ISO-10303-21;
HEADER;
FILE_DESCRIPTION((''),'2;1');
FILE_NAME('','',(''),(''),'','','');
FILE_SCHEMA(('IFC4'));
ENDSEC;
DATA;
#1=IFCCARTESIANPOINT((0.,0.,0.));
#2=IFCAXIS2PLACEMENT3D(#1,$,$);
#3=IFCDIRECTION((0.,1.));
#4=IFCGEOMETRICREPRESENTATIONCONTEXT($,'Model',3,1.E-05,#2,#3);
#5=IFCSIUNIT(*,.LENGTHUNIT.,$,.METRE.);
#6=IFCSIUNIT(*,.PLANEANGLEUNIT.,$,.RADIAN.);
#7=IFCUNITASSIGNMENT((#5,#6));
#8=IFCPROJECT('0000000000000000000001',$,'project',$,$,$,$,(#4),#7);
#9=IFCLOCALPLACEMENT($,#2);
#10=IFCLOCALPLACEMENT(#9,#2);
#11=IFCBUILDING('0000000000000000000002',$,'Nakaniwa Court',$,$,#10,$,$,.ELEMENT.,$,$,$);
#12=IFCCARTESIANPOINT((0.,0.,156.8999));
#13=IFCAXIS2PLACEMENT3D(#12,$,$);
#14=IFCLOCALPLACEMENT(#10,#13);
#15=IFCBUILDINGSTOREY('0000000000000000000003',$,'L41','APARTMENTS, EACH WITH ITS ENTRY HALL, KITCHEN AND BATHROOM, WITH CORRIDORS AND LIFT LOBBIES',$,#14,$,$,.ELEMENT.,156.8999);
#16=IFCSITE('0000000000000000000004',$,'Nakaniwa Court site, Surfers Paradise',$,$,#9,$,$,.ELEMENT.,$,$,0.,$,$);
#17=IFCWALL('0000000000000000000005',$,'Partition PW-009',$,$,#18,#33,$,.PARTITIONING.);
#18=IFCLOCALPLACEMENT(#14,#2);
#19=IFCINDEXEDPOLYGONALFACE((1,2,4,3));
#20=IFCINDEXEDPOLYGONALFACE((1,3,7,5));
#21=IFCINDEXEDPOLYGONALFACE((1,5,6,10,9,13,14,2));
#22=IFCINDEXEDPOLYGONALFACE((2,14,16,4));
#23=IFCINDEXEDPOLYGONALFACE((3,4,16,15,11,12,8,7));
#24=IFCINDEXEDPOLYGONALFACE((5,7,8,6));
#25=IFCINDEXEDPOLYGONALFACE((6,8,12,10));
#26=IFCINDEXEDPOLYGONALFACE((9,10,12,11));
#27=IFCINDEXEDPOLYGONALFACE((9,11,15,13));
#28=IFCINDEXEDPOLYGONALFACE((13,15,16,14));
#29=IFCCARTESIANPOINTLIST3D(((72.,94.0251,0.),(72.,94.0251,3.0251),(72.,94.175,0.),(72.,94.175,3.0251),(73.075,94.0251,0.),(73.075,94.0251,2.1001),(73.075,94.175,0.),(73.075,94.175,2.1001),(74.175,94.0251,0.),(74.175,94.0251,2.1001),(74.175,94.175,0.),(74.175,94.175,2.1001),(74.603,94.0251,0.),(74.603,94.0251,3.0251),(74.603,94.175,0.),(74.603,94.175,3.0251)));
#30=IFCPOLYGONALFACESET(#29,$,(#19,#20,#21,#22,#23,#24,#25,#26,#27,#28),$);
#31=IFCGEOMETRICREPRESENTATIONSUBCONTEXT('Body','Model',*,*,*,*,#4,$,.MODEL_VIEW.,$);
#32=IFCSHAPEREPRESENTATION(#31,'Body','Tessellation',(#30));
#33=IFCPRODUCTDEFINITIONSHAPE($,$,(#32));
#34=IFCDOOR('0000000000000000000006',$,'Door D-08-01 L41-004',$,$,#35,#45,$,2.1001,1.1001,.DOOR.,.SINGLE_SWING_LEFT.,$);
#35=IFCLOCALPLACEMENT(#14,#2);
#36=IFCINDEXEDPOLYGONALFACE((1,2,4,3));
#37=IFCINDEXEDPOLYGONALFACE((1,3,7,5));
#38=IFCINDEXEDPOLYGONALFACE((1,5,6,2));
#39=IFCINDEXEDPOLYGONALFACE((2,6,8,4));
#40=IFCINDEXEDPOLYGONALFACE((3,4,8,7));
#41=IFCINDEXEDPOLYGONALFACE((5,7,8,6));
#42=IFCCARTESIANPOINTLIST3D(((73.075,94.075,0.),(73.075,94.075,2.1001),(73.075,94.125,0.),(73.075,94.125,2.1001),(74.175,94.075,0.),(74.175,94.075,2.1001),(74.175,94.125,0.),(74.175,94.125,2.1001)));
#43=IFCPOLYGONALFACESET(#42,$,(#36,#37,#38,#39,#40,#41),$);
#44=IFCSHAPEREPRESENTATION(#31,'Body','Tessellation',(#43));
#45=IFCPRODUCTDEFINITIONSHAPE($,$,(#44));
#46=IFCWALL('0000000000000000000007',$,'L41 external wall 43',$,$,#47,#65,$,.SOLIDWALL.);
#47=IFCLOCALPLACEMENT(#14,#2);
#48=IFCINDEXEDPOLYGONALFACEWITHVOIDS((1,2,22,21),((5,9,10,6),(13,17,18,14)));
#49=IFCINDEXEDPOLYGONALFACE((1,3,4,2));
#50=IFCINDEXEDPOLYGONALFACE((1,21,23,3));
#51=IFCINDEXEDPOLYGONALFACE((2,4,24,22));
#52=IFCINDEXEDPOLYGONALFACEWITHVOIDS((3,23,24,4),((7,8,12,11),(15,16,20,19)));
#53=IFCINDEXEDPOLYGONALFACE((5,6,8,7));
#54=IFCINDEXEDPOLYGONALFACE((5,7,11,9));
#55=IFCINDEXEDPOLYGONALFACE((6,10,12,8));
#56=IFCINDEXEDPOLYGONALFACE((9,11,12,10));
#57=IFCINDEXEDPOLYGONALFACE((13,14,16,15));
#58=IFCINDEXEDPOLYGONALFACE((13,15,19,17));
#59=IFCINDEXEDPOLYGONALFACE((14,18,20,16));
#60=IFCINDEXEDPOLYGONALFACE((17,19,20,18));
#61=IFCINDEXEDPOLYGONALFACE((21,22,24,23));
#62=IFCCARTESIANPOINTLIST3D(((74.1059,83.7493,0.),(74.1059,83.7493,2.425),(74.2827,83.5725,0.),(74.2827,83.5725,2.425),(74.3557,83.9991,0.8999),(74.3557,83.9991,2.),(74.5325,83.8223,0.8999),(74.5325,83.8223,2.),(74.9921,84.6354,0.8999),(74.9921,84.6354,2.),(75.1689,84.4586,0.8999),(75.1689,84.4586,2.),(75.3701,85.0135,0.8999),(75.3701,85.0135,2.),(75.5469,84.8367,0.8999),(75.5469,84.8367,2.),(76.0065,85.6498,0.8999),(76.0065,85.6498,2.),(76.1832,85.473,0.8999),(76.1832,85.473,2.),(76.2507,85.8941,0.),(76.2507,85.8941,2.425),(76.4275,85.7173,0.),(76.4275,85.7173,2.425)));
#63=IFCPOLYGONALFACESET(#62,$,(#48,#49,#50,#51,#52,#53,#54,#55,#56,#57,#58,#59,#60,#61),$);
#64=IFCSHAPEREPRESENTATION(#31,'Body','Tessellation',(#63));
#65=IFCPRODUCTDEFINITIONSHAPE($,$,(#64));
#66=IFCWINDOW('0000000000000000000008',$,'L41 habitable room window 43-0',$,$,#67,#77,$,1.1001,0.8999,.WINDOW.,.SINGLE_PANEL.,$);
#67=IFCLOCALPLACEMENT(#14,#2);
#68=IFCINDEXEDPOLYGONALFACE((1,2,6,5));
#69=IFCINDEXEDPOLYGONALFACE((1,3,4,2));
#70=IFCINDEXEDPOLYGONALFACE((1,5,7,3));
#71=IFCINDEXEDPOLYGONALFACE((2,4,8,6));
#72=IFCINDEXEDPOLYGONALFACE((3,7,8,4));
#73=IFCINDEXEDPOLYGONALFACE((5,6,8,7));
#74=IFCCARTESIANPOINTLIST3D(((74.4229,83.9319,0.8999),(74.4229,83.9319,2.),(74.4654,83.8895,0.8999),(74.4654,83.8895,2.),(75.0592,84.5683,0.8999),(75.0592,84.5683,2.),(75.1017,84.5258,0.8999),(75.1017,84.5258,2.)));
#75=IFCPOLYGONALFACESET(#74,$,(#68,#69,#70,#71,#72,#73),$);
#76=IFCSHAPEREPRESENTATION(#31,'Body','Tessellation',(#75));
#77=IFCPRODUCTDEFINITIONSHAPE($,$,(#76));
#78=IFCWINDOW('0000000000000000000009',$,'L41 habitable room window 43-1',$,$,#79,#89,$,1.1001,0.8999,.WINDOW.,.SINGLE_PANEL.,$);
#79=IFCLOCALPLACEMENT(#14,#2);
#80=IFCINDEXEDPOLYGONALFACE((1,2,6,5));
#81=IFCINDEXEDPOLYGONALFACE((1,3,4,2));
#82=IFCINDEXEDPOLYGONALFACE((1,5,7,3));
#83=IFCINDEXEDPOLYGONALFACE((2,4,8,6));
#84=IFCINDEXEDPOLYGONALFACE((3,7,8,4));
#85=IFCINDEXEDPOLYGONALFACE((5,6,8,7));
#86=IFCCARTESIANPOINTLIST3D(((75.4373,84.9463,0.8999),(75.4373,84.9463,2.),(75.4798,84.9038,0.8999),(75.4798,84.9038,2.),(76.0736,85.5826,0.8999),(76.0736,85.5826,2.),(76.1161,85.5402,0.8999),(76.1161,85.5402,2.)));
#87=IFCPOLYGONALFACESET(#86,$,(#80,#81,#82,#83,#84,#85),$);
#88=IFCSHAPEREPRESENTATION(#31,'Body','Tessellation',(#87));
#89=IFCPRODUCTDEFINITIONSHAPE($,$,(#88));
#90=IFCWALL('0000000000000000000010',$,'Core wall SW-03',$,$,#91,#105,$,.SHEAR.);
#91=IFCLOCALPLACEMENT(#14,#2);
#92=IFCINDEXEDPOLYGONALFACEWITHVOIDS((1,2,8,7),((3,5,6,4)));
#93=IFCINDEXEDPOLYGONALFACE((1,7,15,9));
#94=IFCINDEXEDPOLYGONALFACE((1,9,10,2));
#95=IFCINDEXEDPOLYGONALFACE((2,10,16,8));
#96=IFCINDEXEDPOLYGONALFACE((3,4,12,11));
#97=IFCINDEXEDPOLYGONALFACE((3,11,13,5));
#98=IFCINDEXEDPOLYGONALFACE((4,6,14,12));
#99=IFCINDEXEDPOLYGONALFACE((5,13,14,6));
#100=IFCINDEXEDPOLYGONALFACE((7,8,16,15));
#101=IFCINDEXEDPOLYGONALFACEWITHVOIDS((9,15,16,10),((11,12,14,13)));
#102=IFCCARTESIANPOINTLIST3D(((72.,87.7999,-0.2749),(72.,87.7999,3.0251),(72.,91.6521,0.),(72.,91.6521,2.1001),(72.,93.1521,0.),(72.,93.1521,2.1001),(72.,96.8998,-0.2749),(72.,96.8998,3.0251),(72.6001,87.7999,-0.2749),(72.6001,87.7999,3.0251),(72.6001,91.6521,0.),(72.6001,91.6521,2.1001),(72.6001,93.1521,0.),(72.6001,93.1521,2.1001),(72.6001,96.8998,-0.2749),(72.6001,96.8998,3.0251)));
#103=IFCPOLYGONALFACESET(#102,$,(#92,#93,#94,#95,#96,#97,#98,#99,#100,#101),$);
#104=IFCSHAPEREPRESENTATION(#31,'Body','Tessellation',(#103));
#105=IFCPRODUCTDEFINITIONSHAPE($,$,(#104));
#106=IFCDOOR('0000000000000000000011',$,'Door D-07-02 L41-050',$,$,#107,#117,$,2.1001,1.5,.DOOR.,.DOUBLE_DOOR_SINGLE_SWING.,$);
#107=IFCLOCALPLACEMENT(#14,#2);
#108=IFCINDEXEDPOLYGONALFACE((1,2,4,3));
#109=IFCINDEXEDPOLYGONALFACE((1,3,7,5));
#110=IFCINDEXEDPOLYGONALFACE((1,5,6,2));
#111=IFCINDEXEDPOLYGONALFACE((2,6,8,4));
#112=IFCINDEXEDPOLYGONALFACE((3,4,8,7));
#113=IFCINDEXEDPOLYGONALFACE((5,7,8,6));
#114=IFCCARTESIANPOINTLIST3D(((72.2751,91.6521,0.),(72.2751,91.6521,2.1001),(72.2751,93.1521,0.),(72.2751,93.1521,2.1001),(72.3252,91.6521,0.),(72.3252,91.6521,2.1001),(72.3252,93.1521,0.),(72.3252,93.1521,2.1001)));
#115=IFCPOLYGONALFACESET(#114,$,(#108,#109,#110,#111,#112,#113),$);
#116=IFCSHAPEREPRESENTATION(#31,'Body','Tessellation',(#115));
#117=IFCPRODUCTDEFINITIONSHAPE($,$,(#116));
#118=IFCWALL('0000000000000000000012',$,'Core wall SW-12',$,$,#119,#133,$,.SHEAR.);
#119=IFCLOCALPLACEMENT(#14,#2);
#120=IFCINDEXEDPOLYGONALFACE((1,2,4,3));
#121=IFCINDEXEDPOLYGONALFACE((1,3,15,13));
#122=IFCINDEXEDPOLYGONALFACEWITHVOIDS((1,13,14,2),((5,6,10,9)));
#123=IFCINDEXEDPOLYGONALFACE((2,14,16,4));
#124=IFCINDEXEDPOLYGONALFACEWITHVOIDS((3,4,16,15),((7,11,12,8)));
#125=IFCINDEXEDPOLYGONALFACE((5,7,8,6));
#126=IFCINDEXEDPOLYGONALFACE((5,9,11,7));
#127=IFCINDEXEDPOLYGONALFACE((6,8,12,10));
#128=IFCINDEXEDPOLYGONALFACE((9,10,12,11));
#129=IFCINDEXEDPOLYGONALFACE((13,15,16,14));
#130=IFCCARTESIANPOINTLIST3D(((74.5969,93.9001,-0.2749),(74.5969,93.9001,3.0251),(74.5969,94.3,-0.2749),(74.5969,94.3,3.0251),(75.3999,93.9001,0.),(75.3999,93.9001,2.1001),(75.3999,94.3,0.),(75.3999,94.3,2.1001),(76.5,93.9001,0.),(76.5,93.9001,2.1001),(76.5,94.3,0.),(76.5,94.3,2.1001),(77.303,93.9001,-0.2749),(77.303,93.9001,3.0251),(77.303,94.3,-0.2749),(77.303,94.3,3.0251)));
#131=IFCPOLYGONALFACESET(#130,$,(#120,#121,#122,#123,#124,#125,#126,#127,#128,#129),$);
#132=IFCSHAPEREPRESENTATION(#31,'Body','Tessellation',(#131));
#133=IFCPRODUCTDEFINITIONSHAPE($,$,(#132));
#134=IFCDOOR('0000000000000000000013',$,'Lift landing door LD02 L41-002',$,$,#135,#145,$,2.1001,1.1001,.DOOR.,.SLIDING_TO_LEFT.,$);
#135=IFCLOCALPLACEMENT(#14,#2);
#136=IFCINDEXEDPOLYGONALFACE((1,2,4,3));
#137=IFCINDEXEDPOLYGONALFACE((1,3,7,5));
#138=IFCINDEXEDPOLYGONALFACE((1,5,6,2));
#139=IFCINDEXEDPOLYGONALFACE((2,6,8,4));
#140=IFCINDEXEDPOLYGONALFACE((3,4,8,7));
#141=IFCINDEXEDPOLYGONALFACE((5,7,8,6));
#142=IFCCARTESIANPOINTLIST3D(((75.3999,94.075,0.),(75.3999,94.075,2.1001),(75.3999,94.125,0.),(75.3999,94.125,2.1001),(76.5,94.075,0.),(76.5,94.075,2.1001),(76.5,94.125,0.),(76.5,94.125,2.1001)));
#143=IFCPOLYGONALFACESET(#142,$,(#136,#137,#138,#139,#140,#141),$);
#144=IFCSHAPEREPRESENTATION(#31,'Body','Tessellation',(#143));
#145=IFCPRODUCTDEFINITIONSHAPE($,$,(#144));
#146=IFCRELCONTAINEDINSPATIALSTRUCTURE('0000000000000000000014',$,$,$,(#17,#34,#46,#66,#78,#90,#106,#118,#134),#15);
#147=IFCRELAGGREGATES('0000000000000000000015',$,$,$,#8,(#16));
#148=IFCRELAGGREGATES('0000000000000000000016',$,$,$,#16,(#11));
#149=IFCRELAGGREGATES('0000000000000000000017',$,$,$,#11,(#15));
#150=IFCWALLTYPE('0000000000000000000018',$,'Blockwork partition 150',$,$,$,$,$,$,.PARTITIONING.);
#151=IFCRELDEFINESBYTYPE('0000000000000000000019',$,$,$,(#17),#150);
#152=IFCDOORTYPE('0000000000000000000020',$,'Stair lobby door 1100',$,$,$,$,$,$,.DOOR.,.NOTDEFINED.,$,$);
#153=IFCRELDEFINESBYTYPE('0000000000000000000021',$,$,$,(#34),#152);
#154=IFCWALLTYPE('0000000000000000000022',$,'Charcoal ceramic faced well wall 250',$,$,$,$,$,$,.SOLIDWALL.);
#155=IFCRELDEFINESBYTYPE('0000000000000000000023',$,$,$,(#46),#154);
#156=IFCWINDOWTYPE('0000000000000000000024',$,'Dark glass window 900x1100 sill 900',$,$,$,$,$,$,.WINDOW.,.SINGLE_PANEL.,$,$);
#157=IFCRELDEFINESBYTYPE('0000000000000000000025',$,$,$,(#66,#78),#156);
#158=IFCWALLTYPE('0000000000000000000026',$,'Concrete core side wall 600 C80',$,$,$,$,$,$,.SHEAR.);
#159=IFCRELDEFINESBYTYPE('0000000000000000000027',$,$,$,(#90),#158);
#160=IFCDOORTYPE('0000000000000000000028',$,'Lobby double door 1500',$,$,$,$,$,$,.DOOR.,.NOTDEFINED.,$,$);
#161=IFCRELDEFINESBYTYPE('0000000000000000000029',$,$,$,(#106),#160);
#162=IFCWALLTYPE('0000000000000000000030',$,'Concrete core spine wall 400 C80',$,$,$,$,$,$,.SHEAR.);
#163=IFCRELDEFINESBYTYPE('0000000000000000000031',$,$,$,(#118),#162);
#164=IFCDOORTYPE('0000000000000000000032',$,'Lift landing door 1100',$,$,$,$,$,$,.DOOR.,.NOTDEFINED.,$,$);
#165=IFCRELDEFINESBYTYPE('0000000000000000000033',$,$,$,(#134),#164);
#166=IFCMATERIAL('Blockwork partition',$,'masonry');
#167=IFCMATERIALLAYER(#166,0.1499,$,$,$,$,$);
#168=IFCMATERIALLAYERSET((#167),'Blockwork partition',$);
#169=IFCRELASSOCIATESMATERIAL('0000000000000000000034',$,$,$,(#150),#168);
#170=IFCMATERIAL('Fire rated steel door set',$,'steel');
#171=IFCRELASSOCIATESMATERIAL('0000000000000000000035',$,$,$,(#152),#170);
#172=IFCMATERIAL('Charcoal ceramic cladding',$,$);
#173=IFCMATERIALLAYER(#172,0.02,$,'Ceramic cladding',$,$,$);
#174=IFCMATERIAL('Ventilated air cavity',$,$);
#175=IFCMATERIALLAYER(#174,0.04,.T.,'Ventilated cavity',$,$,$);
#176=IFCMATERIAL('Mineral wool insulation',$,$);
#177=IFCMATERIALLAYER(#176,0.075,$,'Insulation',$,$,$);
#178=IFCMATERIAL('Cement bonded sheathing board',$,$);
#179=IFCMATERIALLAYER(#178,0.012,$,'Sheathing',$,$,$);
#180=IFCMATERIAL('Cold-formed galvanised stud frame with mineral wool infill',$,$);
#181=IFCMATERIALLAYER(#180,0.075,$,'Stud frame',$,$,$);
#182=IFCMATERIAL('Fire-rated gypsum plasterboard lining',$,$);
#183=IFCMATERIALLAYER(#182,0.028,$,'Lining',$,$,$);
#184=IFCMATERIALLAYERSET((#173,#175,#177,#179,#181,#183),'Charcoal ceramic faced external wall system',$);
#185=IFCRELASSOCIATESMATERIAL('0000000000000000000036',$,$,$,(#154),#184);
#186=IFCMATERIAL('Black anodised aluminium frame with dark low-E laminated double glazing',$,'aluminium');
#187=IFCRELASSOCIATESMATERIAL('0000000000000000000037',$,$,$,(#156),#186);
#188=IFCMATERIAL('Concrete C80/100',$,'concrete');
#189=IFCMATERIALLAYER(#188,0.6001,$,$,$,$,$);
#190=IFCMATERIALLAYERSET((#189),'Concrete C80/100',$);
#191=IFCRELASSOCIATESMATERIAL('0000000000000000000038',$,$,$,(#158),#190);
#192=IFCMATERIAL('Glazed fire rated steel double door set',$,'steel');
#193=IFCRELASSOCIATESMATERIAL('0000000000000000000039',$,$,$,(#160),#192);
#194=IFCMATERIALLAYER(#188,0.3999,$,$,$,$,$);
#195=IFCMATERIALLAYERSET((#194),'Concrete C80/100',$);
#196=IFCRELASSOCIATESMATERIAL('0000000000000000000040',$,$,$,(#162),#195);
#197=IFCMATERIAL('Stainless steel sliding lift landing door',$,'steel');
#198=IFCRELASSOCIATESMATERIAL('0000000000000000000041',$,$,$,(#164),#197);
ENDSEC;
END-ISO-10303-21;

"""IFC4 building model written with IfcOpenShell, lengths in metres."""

from ifc_helpers import new_model, si_unit, direction, frame, frame_2d, origin, place, context, subcontext, project, spatial, rectangle, extrude, material, layer, layer_set, type_object, element, fill, save


model = new_model("IFC4")

# Units and contexts
model_context = context("Model", 3, precision=1e-05, world=origin(), true_north=direction((0.0, 1.0)))
body_context = subcontext(model_context, "Body", "Model", "MODEL_VIEW")
ifc_project = project(units=[si_unit("LENGTHUNIT", "METRE"), si_unit("PLANEANGLEUNIT", "RADIAN")], contexts=[model_context])

# Site, building, storey
site_placement = place(None, origin())
site = spatial("IfcSite", under=ifc_project, at=site_placement, Name="Nakaniwa Court site, Surfers Paradise", CompositionType="ELEMENT", RefElevation=0.0)
building_placement = place(site_placement, origin())
building = spatial("IfcBuilding", under=site, at=building_placement, Name="Nakaniwa Court", CompositionType="ELEMENT")
storey_placement = place(building_placement, frame((0.0, 0.0, 156.8999)))
storey = spatial("IfcBuildingStorey", under=building, at=storey_placement, Name="L41", Description="APARTMENTS, EACH WITH ITS ENTRY HALL, KITCHEN AND BATHROOM, WITH CORRIDORS AND LIFT LOBBIES", CompositionType="ELEMENT", Elevation=156.8999)

# Shared definitions
ifc_material_1 = material(Name="Concrete C80/100", Category="concrete")

# Shared definitions
ifc_material_2 = material(Name="Blockwork partition", Category="masonry")
ifc_layer_1 = layer(ifc_material_2, 0.1499)
ifc_layer_set_1 = layer_set([ifc_layer_1], Name="Blockwork partition")
wall_type_1 = type_object("IfcWallType", Name="Blockwork partition 150", PredefinedType="PARTITIONING", material=ifc_layer_set_1)

# Wall, opening, door
wall_1_placement = place(storey_placement, frame((72.0, 94.1001, 0.0), z_axis=(0.0, 0.0, 1.0), x_axis=(1.0, 0.0, 0.0)))
wall_1 = element("IfcWall", 1, at=wall_1_placement, inside=storey, type_object=wall_type_1, Name="Partition PW-009", PredefinedType="PARTITIONING", context=body_context, shape_type="SweptSolid", body=[
    extrude(rectangle(XDim=2.603, YDim=0.1499, at=frame_2d((1.3015, 0.0))), origin(), (0.0, 0.0, 1.0), 3.0251),
])
opening_1_placement = place(wall_1_placement, frame((1.075, 0.0, 0.0)))
opening_1 = element("IfcOpeningElement", 2, at=opening_1_placement, cuts=wall_1, PredefinedType="OPENING", context=body_context, shape_type="SweptSolid", body=[
    extrude(rectangle(XDim=1.1001, YDim=2.1001, at=frame_2d((0.55, 1.05))), frame((0.0, 0.085, 0.0), z_axis=(0.0, -1.0, 0.0), x_axis=(1.0, 0.0, 0.0)), (0.0, 0.0, 1.0), 0.1699),
])
ifc_material_3 = material(Name="Fire rated steel door set", Category="steel")
door_type_1 = type_object("IfcDoorType", Name="Stair lobby door 1100", OperationType="NOTDEFINED", PredefinedType="DOOR", material=ifc_material_3)
door_1_placement = place(opening_1_placement, origin())
door_1 = element("IfcDoor", 3, at=door_1_placement, inside=storey, type_object=door_type_1, Name="Door D-08-01 L41-004", OperationType="SINGLE_SWING_LEFT", OverallHeight=2.1001, OverallWidth=1.1001, PredefinedType="DOOR", context=body_context, shape_type="SweptSolid", body=[
    extrude(rectangle(XDim=1.1001, YDim=2.1001, at=frame_2d((0.55, 1.05))), frame((0.0, 0.0249, 0.0), z_axis=(0.0, -1.0, 0.0), x_axis=(1.0, 0.0, 0.0)), (0.0, 0.0, 1.0), 0.05),
])
fill(opening_1, door_1)

# Wall, openings, windows
ifc_material_4 = material(Name="Charcoal ceramic cladding")
ifc_layer_2 = layer(ifc_material_4, 0.02, Name="Ceramic cladding")
ifc_material_5 = material(Name="Ventilated air cavity")
ifc_layer_3 = layer(ifc_material_5, 0.04, ventilated=True, Name="Ventilated cavity")
ifc_material_6 = material(Name="Mineral wool insulation")
ifc_layer_4 = layer(ifc_material_6, 0.075, Name="Insulation")
ifc_material_7 = material(Name="Cement bonded sheathing board")
ifc_layer_5 = layer(ifc_material_7, 0.012, Name="Sheathing")
ifc_material_8 = material(Name="Cold-formed galvanised stud frame with mineral wool infill")
ifc_layer_6 = layer(ifc_material_8, 0.075, Name="Stud frame")
ifc_material_9 = material(Name="Fire-rated gypsum plasterboard lining")
ifc_layer_7 = layer(ifc_material_9, 0.028, Name="Lining")
ifc_layer_set_2 = layer_set([ifc_layer_2, ifc_layer_3, ifc_layer_4, ifc_layer_5, ifc_layer_6, ifc_layer_7], Name="Charcoal ceramic faced external wall system")
wall_type_2 = type_object("IfcWallType", Name="Charcoal ceramic faced well wall 250", PredefinedType="SOLIDWALL", material=ifc_layer_set_2)
wall_2_placement = place(storey_placement, frame((74.1943, 83.6609, 0.0), z_axis=(0.0, 0.0, 1.0), x_axis=(0.707107, 0.707107, 0.0)))
wall_2 = element("IfcWall", 4, at=wall_2_placement, inside=storey, type_object=wall_type_2, Name="L41 external wall 43", PredefinedType="SOLIDWALL", context=body_context, shape_type="SweptSolid", body=[
    extrude(rectangle(XDim=3.0332, YDim=0.25, at=frame_2d((1.5166, 0.0))), origin(), (0.0, 0.0, 1.0), 2.425),
])
opening_2_placement = place(wall_2_placement, frame((0.3533, 0.0, 0.8999)))
opening_2 = element("IfcOpeningElement", 5, at=opening_2_placement, cuts=wall_2, PredefinedType="OPENING", context=body_context, shape_type="SweptSolid", body=[
    extrude(rectangle(XDim=0.8999, YDim=1.1001, at=frame_2d((0.45, 0.55))), frame((0.0, 0.135, 0.0), z_axis=(0.0, -1.0, 0.0), x_axis=(1.0, 0.0, 0.0)), (0.0, 0.0, 1.0), 0.27),
])
opening_3_placement = place(wall_2_placement, frame((1.7878, 0.0, 0.8999)))
opening_3 = element("IfcOpeningElement", 6, at=opening_3_placement, cuts=wall_2, PredefinedType="OPENING", context=body_context, shape_type="SweptSolid", body=[
    extrude(rectangle(XDim=0.8999, YDim=1.1001, at=frame_2d((0.45, 0.55))), frame((0.0, 0.135, 0.0), z_axis=(0.0, -1.0, 0.0), x_axis=(1.0, 0.0, 0.0)), (0.0, 0.0, 1.0), 0.27),
])
ifc_material_10 = material(Name="Black anodised aluminium frame with dark low-E laminated double glazing", Category="aluminium")
window_type = type_object("IfcWindowType", Name="Dark glass window 900x1100 sill 900", PartitioningType="SINGLE_PANEL", PredefinedType="WINDOW", material=ifc_material_10)
window_1_placement = place(opening_2_placement, origin())
window_1 = element("IfcWindow", 7, at=window_1_placement, inside=storey, type_object=window_type, Name="L41 habitable room window 43-0", OverallHeight=1.1001, OverallWidth=0.8999, PartitioningType="SINGLE_PANEL", PredefinedType="WINDOW", context=body_context, shape_type="SweptSolid", body=[
    extrude(rectangle(XDim=0.8999, YDim=1.1001, at=frame_2d((0.45, 0.55))), frame((0.0, 0.03, 0.0), z_axis=(0.0, -1.0, 0.0), x_axis=(1.0, 0.0, 0.0)), (0.0, 0.0, 1.0), 0.0601),
])
fill(opening_2, window_1)
window_2_placement = place(opening_3_placement, origin())
window_2 = element("IfcWindow", 8, at=window_2_placement, inside=storey, type_object=window_type, Name="L41 habitable room window 43-1", OverallHeight=1.1001, OverallWidth=0.8999, PartitioningType="SINGLE_PANEL", PredefinedType="WINDOW", context=body_context, shape_type="SweptSolid", body=[
    extrude(rectangle(XDim=0.8999, YDim=1.1001, at=frame_2d((0.45, 0.55))), frame((0.0, 0.03, 0.0), z_axis=(0.0, -1.0, 0.0), x_axis=(1.0, 0.0, 0.0)), (0.0, 0.0, 1.0), 0.0601),
])
fill(opening_3, window_2)

# Walls, openings, doors
ifc_layer_8 = layer(ifc_material_1, 0.6001)
ifc_layer_set_3 = layer_set([ifc_layer_8], Name="Concrete C80/100")
wall_type_3 = type_object("IfcWallType", Name="Concrete core side wall 600 C80", PredefinedType="SHEAR", material=ifc_layer_set_3)
wall_3_placement = place(storey_placement, frame((72.3, 87.8, -0.2749), z_axis=(0.0, 0.0, 1.0), x_axis=(0.0, 1.0, 0.0)))
wall_3 = element("IfcWall", 9, at=wall_3_placement, inside=storey, type_object=wall_type_3, Name="Core wall SW-03", PredefinedType="SHEAR", context=body_context, shape_type="SweptSolid", body=[
    extrude(rectangle(XDim=9.0999, YDim=0.6001, at=frame_2d((4.5498, 0.0))), origin(), (0.0, 0.0, 1.0), 3.3),
])
opening_4_placement = place(wall_3_placement, frame((3.8521, 0.0, 0.2749)))
opening_4 = element("IfcOpeningElement", 10, at=opening_4_placement, cuts=wall_3, PredefinedType="OPENING", context=body_context, shape_type="SweptSolid", body=[
    extrude(rectangle(XDim=1.5, YDim=2.1001, at=frame_2d((0.75, 1.05))), frame((0.0, 0.3101, 0.0), z_axis=(0.0, -1.0, 0.0), x_axis=(1.0, 0.0, 0.0)), (0.0, 0.0, 1.0), 0.6201),
])
ifc_material_11 = material(Name="Glazed fire rated steel double door set", Category="steel")
door_type_2 = type_object("IfcDoorType", Name="Lobby double door 1500", OperationType="NOTDEFINED", PredefinedType="DOOR", material=ifc_material_11)
door_2_placement = place(opening_4_placement, origin())
door_2 = element("IfcDoor", 11, at=door_2_placement, inside=storey, type_object=door_type_2, Name="Door D-07-02 L41-050", OperationType="DOUBLE_DOOR_SINGLE_SWING", OverallHeight=2.1001, OverallWidth=1.5, PredefinedType="DOOR", context=body_context, shape_type="SweptSolid", body=[
    extrude(rectangle(XDim=1.5, YDim=2.1001, at=frame_2d((0.75, 1.05))), frame((0.0, 0.0249, 0.0), z_axis=(0.0, -1.0, 0.0), x_axis=(1.0, 0.0, 0.0)), (0.0, 0.0, 1.0), 0.05),
])
fill(opening_4, door_2)
ifc_layer_9 = layer(ifc_material_1, 0.3999)
ifc_layer_set_4 = layer_set([ifc_layer_9], Name="Concrete C80/100")
wall_type_4 = type_object("IfcWallType", Name="Concrete core spine wall 400 C80", PredefinedType="SHEAR", material=ifc_layer_set_4)
wall_4_placement = place(storey_placement, frame((74.5969, 94.1001, -0.2749), z_axis=(0.0, 0.0, 1.0), x_axis=(1.0, 0.0, 0.0)))
wall_4 = element("IfcWall", 12, at=wall_4_placement, inside=storey, type_object=wall_type_4, Name="Core wall SW-12", PredefinedType="SHEAR", context=body_context, shape_type="SweptSolid", body=[
    extrude(rectangle(XDim=2.7061, YDim=0.3999, at=frame_2d((1.353, 0.0))), origin(), (0.0, 0.0, 1.0), 3.3),
])
opening_5_placement = place(wall_4_placement, frame((0.803, 0.0, 0.2749)))
opening_5 = element("IfcOpeningElement", 13, at=opening_5_placement, cuts=wall_4, PredefinedType="OPENING", context=body_context, shape_type="SweptSolid", body=[
    extrude(rectangle(XDim=1.1001, YDim=2.1001, at=frame_2d((0.55, 1.05))), frame((0.0, 0.21, 0.0), z_axis=(0.0, -1.0, 0.0), x_axis=(1.0, 0.0, 0.0)), (0.0, 0.0, 1.0), 0.4199),
])
ifc_material_12 = material(Name="Stainless steel sliding lift landing door", Category="steel")
door_type_3 = type_object("IfcDoorType", Name="Lift landing door 1100", OperationType="NOTDEFINED", PredefinedType="DOOR", material=ifc_material_12)
door_3_placement = place(opening_5_placement, origin())
door_3 = element("IfcDoor", 14, at=door_3_placement, inside=storey, type_object=door_type_3, Name="Lift landing door LD02 L41-002", OperationType="SLIDING_TO_LEFT", OverallHeight=2.1001, OverallWidth=1.1001, PredefinedType="DOOR", context=body_context, shape_type="SweptSolid", body=[
    extrude(rectangle(XDim=1.1001, YDim=2.1001, at=frame_2d((0.55, 1.05))), frame((0.0, 0.0249, 0.0), z_axis=(0.0, -1.0, 0.0), x_axis=(1.0, 0.0, 0.0)), (0.0, 0.0, 1.0), 0.05),
])
fill(opening_5, door_3)

save(model, "model.ifc")
